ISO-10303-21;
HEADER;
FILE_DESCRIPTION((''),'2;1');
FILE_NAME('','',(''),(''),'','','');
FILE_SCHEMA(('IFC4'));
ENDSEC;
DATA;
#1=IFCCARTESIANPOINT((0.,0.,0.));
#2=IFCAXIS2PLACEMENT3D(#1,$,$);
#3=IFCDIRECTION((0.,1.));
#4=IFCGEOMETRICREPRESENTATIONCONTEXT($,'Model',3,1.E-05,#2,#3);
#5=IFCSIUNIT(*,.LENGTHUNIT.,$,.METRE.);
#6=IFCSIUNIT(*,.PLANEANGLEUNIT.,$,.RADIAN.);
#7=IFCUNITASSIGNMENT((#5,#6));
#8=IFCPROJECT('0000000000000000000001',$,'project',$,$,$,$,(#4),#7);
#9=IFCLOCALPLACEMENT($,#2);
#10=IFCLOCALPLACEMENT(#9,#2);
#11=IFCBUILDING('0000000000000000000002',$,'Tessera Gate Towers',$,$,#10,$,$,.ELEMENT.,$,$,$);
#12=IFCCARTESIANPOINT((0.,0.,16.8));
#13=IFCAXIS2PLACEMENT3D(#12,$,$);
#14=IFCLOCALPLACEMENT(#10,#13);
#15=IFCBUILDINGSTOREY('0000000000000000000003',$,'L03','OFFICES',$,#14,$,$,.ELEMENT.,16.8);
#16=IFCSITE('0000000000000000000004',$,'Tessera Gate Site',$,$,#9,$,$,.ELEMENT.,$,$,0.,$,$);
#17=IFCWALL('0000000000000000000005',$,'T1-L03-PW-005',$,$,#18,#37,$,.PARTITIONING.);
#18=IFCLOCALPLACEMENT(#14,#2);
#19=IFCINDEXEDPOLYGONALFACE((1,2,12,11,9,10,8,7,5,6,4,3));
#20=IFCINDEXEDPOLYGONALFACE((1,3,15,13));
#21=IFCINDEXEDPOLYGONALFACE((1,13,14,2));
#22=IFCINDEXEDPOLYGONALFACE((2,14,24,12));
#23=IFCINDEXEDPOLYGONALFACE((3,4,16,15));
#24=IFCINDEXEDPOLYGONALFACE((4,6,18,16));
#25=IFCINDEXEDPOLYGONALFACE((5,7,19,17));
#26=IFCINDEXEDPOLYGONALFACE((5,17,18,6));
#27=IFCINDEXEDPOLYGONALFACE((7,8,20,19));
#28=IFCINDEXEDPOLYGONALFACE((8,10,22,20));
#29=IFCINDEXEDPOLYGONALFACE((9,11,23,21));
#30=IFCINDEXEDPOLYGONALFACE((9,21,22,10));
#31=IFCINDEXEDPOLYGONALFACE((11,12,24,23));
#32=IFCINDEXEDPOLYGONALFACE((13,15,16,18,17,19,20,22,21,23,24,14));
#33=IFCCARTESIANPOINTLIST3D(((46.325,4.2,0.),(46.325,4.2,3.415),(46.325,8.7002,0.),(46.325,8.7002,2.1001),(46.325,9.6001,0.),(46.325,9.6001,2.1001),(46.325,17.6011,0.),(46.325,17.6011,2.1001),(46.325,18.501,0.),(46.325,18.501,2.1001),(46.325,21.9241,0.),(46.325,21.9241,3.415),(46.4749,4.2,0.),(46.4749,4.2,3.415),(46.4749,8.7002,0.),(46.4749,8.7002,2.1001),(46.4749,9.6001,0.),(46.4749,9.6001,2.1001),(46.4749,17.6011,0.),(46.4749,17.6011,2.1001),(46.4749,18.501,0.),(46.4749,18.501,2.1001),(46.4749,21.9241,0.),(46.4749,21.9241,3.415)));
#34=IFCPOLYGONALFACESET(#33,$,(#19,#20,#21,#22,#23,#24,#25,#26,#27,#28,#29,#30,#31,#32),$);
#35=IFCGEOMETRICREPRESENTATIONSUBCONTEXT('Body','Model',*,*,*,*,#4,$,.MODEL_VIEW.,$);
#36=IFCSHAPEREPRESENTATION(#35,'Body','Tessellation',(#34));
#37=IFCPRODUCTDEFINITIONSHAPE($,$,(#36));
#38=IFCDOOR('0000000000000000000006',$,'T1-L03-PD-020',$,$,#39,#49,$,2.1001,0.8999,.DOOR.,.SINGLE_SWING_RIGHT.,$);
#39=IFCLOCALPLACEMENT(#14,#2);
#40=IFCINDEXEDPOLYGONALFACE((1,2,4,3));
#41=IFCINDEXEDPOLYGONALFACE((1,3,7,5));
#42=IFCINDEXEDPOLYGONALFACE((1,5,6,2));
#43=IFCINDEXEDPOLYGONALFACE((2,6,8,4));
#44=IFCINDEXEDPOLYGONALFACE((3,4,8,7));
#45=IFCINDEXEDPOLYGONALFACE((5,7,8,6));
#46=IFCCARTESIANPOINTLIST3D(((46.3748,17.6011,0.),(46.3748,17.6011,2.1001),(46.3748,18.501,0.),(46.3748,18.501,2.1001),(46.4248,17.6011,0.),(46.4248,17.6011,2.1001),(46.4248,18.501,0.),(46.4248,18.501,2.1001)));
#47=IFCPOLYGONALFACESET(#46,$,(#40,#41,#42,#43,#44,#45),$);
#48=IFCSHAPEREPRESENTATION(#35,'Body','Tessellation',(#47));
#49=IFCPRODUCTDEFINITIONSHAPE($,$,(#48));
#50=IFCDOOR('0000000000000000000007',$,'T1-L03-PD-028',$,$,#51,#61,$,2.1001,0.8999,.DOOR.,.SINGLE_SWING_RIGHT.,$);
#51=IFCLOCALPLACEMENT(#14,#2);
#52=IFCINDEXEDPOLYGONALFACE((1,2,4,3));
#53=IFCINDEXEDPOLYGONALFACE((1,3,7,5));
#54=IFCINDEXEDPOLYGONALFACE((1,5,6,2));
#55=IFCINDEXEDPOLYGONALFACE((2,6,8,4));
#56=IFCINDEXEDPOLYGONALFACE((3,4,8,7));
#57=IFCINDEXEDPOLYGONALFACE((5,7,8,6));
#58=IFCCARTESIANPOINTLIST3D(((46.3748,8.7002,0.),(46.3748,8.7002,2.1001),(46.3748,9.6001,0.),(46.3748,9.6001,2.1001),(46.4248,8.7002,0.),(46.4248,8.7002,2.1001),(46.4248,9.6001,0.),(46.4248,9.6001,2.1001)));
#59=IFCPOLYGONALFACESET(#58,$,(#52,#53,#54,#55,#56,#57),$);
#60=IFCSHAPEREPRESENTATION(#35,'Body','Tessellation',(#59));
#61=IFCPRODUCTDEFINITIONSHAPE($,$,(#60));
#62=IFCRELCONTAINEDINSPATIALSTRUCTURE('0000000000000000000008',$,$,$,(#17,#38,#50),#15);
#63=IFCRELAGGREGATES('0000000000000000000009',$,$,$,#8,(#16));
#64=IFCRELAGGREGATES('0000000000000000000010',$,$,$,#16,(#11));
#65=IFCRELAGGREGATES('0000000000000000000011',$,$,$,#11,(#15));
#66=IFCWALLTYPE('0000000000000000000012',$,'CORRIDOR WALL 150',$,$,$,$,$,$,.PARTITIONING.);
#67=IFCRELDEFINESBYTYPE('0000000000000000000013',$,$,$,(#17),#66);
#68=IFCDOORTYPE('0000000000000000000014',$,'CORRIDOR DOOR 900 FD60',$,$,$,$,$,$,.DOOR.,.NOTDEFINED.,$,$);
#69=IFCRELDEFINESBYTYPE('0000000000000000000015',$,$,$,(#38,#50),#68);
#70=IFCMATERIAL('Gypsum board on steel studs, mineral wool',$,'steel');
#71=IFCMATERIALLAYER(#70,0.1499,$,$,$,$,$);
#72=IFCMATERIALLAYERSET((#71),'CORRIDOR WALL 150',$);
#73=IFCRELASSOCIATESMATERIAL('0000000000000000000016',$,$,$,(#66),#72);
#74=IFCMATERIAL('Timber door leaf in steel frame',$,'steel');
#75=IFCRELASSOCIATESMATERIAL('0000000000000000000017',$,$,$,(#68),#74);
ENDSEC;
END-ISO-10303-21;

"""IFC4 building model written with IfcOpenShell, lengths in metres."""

from ifc_helpers import new_model, si_unit, direction, frame, frame_2d, origin, place, context, subcontext, project, spatial, rectangle, extrude, source, transform, mapped, material, layer, layer_set, type_object, element, fill, save


model = new_model("IFC4")

# Units and contexts
model_context = context("Model", 3, precision=1e-05, world=origin(), true_north=direction((0.0, 1.0)))
body_context = subcontext(model_context, "Body", "Model", "MODEL_VIEW")
ifc_project = project(units=[si_unit("LENGTHUNIT", "METRE"), si_unit("PLANEANGLEUNIT", "RADIAN")], contexts=[model_context])

# Site, building, storey
site_placement = place(None, origin())
site = spatial("IfcSite", under=ifc_project, at=site_placement, Name="Tessera Gate Site", CompositionType="ELEMENT", RefElevation=0.0)
building_placement = place(site_placement, origin())
building = spatial("IfcBuilding", under=site, at=building_placement, Name="Tessera Gate Towers", CompositionType="ELEMENT")
storey_placement = place(building_placement, frame((0.0, 0.0, 16.8)))
storey = spatial("IfcBuildingStorey", under=building, at=storey_placement, Name="L03", Description="OFFICES", CompositionType="ELEMENT", Elevation=16.8)

# Wall, openings, doors
ifc_material_1 = material(Name="Gypsum board on steel studs, mineral wool", Category="steel")
ifc_layer_1 = layer(ifc_material_1, 0.1499)
ifc_layer_set_1 = layer_set([ifc_layer_1], Name="CORRIDOR WALL 150")
wall_type_1 = type_object("IfcWallType", Name="CORRIDOR WALL 150", PredefinedType="PARTITIONING", material=ifc_layer_set_1)
wall_1_placement = place(storey_placement, frame((46.3999, 21.9241, 0.0), z_axis=(0.0, 0.0, 1.0), x_axis=(0.0, -1.0, 0.0)))
wall_1 = element("IfcWall", 1, at=wall_1_placement, inside=storey, type_object=wall_type_1, Name="T1-L03-PW-005", PredefinedType="PARTITIONING", context=body_context, shape_type="SweptSolid", body=[
    extrude(rectangle(XDim=17.7241, YDim=0.1499, at=frame_2d((8.8621, 0.0))), origin(), (0.0, 0.0, 1.0), 3.415),
])
shared_shape_1 = source(origin(), body_context, "Body", "SweptSolid", [
    extrude(rectangle(XDim=0.8999, YDim=2.1001, at=frame_2d((0.45, 1.05))), frame((0.0, 0.085, 0.0), z_axis=(0.0, -1.0, 0.0), x_axis=(1.0, 0.0, 0.0)), (0.0, 0.0, 1.0), 0.1699),
])
opening_1_placement = place(wall_1_placement, frame((3.4231, 0.0, 0.0)))
opening_1 = element("IfcOpeningElement", 2, at=opening_1_placement, cuts=wall_1, PredefinedType="OPENING", context=body_context, shape_type="MappedRepresentation", body=[
    mapped(shared_shape_1, transform((0.0, 0.0, 0.0), scale=1.0)),
])
opening_2_placement = place(wall_1_placement, frame((12.324, 0.0, 0.0)))
opening_2 = element("IfcOpeningElement", 3, at=opening_2_placement, cuts=wall_1, PredefinedType="OPENING", context=body_context, shape_type="MappedRepresentation", body=[
    mapped(shared_shape_1, transform((0.0, 0.0, 0.0), scale=1.0)),
])
ifc_material_2 = material(Name="Timber door leaf in steel frame", Category="steel")
door_type_1 = type_object("IfcDoorType", Name="CORRIDOR DOOR 900 FD60", OperationType="NOTDEFINED", PredefinedType="DOOR", material=ifc_material_2)
shared_shape_2 = source(origin(), body_context, "Body", "SweptSolid", [
    extrude(rectangle(XDim=0.8999, YDim=2.1001, at=frame_2d((0.45, 1.05))), frame((0.0, 0.0249, 0.0), z_axis=(0.0, -1.0, 0.0), x_axis=(1.0, 0.0, 0.0)), (0.0, 0.0, 1.0), 0.05),
])
door_1_placement = place(opening_1_placement, origin())
door_1 = element("IfcDoor", 4, at=door_1_placement, inside=storey, type_object=door_type_1, Name="T1-L03-PD-020", OperationType="SINGLE_SWING_RIGHT", OverallHeight=2.1001, OverallWidth=0.8999, PredefinedType="DOOR", context=body_context, shape_type="MappedRepresentation", body=[
    mapped(shared_shape_2, transform((0.0, 0.0, 0.0), scale=1.0)),
])
fill(opening_1, door_1)
door_2_placement = place(opening_2_placement, origin())
door_2 = element("IfcDoor", 5, at=door_2_placement, inside=storey, type_object=door_type_1, Name="T1-L03-PD-028", OperationType="SINGLE_SWING_RIGHT", OverallHeight=2.1001, OverallWidth=0.8999, PredefinedType="DOOR", context=body_context, shape_type="MappedRepresentation", body=[
    mapped(shared_shape_2, transform((0.0, 0.0, 0.0), scale=1.0)),
])
fill(opening_2, door_2)

save(model, "model.ifc")
